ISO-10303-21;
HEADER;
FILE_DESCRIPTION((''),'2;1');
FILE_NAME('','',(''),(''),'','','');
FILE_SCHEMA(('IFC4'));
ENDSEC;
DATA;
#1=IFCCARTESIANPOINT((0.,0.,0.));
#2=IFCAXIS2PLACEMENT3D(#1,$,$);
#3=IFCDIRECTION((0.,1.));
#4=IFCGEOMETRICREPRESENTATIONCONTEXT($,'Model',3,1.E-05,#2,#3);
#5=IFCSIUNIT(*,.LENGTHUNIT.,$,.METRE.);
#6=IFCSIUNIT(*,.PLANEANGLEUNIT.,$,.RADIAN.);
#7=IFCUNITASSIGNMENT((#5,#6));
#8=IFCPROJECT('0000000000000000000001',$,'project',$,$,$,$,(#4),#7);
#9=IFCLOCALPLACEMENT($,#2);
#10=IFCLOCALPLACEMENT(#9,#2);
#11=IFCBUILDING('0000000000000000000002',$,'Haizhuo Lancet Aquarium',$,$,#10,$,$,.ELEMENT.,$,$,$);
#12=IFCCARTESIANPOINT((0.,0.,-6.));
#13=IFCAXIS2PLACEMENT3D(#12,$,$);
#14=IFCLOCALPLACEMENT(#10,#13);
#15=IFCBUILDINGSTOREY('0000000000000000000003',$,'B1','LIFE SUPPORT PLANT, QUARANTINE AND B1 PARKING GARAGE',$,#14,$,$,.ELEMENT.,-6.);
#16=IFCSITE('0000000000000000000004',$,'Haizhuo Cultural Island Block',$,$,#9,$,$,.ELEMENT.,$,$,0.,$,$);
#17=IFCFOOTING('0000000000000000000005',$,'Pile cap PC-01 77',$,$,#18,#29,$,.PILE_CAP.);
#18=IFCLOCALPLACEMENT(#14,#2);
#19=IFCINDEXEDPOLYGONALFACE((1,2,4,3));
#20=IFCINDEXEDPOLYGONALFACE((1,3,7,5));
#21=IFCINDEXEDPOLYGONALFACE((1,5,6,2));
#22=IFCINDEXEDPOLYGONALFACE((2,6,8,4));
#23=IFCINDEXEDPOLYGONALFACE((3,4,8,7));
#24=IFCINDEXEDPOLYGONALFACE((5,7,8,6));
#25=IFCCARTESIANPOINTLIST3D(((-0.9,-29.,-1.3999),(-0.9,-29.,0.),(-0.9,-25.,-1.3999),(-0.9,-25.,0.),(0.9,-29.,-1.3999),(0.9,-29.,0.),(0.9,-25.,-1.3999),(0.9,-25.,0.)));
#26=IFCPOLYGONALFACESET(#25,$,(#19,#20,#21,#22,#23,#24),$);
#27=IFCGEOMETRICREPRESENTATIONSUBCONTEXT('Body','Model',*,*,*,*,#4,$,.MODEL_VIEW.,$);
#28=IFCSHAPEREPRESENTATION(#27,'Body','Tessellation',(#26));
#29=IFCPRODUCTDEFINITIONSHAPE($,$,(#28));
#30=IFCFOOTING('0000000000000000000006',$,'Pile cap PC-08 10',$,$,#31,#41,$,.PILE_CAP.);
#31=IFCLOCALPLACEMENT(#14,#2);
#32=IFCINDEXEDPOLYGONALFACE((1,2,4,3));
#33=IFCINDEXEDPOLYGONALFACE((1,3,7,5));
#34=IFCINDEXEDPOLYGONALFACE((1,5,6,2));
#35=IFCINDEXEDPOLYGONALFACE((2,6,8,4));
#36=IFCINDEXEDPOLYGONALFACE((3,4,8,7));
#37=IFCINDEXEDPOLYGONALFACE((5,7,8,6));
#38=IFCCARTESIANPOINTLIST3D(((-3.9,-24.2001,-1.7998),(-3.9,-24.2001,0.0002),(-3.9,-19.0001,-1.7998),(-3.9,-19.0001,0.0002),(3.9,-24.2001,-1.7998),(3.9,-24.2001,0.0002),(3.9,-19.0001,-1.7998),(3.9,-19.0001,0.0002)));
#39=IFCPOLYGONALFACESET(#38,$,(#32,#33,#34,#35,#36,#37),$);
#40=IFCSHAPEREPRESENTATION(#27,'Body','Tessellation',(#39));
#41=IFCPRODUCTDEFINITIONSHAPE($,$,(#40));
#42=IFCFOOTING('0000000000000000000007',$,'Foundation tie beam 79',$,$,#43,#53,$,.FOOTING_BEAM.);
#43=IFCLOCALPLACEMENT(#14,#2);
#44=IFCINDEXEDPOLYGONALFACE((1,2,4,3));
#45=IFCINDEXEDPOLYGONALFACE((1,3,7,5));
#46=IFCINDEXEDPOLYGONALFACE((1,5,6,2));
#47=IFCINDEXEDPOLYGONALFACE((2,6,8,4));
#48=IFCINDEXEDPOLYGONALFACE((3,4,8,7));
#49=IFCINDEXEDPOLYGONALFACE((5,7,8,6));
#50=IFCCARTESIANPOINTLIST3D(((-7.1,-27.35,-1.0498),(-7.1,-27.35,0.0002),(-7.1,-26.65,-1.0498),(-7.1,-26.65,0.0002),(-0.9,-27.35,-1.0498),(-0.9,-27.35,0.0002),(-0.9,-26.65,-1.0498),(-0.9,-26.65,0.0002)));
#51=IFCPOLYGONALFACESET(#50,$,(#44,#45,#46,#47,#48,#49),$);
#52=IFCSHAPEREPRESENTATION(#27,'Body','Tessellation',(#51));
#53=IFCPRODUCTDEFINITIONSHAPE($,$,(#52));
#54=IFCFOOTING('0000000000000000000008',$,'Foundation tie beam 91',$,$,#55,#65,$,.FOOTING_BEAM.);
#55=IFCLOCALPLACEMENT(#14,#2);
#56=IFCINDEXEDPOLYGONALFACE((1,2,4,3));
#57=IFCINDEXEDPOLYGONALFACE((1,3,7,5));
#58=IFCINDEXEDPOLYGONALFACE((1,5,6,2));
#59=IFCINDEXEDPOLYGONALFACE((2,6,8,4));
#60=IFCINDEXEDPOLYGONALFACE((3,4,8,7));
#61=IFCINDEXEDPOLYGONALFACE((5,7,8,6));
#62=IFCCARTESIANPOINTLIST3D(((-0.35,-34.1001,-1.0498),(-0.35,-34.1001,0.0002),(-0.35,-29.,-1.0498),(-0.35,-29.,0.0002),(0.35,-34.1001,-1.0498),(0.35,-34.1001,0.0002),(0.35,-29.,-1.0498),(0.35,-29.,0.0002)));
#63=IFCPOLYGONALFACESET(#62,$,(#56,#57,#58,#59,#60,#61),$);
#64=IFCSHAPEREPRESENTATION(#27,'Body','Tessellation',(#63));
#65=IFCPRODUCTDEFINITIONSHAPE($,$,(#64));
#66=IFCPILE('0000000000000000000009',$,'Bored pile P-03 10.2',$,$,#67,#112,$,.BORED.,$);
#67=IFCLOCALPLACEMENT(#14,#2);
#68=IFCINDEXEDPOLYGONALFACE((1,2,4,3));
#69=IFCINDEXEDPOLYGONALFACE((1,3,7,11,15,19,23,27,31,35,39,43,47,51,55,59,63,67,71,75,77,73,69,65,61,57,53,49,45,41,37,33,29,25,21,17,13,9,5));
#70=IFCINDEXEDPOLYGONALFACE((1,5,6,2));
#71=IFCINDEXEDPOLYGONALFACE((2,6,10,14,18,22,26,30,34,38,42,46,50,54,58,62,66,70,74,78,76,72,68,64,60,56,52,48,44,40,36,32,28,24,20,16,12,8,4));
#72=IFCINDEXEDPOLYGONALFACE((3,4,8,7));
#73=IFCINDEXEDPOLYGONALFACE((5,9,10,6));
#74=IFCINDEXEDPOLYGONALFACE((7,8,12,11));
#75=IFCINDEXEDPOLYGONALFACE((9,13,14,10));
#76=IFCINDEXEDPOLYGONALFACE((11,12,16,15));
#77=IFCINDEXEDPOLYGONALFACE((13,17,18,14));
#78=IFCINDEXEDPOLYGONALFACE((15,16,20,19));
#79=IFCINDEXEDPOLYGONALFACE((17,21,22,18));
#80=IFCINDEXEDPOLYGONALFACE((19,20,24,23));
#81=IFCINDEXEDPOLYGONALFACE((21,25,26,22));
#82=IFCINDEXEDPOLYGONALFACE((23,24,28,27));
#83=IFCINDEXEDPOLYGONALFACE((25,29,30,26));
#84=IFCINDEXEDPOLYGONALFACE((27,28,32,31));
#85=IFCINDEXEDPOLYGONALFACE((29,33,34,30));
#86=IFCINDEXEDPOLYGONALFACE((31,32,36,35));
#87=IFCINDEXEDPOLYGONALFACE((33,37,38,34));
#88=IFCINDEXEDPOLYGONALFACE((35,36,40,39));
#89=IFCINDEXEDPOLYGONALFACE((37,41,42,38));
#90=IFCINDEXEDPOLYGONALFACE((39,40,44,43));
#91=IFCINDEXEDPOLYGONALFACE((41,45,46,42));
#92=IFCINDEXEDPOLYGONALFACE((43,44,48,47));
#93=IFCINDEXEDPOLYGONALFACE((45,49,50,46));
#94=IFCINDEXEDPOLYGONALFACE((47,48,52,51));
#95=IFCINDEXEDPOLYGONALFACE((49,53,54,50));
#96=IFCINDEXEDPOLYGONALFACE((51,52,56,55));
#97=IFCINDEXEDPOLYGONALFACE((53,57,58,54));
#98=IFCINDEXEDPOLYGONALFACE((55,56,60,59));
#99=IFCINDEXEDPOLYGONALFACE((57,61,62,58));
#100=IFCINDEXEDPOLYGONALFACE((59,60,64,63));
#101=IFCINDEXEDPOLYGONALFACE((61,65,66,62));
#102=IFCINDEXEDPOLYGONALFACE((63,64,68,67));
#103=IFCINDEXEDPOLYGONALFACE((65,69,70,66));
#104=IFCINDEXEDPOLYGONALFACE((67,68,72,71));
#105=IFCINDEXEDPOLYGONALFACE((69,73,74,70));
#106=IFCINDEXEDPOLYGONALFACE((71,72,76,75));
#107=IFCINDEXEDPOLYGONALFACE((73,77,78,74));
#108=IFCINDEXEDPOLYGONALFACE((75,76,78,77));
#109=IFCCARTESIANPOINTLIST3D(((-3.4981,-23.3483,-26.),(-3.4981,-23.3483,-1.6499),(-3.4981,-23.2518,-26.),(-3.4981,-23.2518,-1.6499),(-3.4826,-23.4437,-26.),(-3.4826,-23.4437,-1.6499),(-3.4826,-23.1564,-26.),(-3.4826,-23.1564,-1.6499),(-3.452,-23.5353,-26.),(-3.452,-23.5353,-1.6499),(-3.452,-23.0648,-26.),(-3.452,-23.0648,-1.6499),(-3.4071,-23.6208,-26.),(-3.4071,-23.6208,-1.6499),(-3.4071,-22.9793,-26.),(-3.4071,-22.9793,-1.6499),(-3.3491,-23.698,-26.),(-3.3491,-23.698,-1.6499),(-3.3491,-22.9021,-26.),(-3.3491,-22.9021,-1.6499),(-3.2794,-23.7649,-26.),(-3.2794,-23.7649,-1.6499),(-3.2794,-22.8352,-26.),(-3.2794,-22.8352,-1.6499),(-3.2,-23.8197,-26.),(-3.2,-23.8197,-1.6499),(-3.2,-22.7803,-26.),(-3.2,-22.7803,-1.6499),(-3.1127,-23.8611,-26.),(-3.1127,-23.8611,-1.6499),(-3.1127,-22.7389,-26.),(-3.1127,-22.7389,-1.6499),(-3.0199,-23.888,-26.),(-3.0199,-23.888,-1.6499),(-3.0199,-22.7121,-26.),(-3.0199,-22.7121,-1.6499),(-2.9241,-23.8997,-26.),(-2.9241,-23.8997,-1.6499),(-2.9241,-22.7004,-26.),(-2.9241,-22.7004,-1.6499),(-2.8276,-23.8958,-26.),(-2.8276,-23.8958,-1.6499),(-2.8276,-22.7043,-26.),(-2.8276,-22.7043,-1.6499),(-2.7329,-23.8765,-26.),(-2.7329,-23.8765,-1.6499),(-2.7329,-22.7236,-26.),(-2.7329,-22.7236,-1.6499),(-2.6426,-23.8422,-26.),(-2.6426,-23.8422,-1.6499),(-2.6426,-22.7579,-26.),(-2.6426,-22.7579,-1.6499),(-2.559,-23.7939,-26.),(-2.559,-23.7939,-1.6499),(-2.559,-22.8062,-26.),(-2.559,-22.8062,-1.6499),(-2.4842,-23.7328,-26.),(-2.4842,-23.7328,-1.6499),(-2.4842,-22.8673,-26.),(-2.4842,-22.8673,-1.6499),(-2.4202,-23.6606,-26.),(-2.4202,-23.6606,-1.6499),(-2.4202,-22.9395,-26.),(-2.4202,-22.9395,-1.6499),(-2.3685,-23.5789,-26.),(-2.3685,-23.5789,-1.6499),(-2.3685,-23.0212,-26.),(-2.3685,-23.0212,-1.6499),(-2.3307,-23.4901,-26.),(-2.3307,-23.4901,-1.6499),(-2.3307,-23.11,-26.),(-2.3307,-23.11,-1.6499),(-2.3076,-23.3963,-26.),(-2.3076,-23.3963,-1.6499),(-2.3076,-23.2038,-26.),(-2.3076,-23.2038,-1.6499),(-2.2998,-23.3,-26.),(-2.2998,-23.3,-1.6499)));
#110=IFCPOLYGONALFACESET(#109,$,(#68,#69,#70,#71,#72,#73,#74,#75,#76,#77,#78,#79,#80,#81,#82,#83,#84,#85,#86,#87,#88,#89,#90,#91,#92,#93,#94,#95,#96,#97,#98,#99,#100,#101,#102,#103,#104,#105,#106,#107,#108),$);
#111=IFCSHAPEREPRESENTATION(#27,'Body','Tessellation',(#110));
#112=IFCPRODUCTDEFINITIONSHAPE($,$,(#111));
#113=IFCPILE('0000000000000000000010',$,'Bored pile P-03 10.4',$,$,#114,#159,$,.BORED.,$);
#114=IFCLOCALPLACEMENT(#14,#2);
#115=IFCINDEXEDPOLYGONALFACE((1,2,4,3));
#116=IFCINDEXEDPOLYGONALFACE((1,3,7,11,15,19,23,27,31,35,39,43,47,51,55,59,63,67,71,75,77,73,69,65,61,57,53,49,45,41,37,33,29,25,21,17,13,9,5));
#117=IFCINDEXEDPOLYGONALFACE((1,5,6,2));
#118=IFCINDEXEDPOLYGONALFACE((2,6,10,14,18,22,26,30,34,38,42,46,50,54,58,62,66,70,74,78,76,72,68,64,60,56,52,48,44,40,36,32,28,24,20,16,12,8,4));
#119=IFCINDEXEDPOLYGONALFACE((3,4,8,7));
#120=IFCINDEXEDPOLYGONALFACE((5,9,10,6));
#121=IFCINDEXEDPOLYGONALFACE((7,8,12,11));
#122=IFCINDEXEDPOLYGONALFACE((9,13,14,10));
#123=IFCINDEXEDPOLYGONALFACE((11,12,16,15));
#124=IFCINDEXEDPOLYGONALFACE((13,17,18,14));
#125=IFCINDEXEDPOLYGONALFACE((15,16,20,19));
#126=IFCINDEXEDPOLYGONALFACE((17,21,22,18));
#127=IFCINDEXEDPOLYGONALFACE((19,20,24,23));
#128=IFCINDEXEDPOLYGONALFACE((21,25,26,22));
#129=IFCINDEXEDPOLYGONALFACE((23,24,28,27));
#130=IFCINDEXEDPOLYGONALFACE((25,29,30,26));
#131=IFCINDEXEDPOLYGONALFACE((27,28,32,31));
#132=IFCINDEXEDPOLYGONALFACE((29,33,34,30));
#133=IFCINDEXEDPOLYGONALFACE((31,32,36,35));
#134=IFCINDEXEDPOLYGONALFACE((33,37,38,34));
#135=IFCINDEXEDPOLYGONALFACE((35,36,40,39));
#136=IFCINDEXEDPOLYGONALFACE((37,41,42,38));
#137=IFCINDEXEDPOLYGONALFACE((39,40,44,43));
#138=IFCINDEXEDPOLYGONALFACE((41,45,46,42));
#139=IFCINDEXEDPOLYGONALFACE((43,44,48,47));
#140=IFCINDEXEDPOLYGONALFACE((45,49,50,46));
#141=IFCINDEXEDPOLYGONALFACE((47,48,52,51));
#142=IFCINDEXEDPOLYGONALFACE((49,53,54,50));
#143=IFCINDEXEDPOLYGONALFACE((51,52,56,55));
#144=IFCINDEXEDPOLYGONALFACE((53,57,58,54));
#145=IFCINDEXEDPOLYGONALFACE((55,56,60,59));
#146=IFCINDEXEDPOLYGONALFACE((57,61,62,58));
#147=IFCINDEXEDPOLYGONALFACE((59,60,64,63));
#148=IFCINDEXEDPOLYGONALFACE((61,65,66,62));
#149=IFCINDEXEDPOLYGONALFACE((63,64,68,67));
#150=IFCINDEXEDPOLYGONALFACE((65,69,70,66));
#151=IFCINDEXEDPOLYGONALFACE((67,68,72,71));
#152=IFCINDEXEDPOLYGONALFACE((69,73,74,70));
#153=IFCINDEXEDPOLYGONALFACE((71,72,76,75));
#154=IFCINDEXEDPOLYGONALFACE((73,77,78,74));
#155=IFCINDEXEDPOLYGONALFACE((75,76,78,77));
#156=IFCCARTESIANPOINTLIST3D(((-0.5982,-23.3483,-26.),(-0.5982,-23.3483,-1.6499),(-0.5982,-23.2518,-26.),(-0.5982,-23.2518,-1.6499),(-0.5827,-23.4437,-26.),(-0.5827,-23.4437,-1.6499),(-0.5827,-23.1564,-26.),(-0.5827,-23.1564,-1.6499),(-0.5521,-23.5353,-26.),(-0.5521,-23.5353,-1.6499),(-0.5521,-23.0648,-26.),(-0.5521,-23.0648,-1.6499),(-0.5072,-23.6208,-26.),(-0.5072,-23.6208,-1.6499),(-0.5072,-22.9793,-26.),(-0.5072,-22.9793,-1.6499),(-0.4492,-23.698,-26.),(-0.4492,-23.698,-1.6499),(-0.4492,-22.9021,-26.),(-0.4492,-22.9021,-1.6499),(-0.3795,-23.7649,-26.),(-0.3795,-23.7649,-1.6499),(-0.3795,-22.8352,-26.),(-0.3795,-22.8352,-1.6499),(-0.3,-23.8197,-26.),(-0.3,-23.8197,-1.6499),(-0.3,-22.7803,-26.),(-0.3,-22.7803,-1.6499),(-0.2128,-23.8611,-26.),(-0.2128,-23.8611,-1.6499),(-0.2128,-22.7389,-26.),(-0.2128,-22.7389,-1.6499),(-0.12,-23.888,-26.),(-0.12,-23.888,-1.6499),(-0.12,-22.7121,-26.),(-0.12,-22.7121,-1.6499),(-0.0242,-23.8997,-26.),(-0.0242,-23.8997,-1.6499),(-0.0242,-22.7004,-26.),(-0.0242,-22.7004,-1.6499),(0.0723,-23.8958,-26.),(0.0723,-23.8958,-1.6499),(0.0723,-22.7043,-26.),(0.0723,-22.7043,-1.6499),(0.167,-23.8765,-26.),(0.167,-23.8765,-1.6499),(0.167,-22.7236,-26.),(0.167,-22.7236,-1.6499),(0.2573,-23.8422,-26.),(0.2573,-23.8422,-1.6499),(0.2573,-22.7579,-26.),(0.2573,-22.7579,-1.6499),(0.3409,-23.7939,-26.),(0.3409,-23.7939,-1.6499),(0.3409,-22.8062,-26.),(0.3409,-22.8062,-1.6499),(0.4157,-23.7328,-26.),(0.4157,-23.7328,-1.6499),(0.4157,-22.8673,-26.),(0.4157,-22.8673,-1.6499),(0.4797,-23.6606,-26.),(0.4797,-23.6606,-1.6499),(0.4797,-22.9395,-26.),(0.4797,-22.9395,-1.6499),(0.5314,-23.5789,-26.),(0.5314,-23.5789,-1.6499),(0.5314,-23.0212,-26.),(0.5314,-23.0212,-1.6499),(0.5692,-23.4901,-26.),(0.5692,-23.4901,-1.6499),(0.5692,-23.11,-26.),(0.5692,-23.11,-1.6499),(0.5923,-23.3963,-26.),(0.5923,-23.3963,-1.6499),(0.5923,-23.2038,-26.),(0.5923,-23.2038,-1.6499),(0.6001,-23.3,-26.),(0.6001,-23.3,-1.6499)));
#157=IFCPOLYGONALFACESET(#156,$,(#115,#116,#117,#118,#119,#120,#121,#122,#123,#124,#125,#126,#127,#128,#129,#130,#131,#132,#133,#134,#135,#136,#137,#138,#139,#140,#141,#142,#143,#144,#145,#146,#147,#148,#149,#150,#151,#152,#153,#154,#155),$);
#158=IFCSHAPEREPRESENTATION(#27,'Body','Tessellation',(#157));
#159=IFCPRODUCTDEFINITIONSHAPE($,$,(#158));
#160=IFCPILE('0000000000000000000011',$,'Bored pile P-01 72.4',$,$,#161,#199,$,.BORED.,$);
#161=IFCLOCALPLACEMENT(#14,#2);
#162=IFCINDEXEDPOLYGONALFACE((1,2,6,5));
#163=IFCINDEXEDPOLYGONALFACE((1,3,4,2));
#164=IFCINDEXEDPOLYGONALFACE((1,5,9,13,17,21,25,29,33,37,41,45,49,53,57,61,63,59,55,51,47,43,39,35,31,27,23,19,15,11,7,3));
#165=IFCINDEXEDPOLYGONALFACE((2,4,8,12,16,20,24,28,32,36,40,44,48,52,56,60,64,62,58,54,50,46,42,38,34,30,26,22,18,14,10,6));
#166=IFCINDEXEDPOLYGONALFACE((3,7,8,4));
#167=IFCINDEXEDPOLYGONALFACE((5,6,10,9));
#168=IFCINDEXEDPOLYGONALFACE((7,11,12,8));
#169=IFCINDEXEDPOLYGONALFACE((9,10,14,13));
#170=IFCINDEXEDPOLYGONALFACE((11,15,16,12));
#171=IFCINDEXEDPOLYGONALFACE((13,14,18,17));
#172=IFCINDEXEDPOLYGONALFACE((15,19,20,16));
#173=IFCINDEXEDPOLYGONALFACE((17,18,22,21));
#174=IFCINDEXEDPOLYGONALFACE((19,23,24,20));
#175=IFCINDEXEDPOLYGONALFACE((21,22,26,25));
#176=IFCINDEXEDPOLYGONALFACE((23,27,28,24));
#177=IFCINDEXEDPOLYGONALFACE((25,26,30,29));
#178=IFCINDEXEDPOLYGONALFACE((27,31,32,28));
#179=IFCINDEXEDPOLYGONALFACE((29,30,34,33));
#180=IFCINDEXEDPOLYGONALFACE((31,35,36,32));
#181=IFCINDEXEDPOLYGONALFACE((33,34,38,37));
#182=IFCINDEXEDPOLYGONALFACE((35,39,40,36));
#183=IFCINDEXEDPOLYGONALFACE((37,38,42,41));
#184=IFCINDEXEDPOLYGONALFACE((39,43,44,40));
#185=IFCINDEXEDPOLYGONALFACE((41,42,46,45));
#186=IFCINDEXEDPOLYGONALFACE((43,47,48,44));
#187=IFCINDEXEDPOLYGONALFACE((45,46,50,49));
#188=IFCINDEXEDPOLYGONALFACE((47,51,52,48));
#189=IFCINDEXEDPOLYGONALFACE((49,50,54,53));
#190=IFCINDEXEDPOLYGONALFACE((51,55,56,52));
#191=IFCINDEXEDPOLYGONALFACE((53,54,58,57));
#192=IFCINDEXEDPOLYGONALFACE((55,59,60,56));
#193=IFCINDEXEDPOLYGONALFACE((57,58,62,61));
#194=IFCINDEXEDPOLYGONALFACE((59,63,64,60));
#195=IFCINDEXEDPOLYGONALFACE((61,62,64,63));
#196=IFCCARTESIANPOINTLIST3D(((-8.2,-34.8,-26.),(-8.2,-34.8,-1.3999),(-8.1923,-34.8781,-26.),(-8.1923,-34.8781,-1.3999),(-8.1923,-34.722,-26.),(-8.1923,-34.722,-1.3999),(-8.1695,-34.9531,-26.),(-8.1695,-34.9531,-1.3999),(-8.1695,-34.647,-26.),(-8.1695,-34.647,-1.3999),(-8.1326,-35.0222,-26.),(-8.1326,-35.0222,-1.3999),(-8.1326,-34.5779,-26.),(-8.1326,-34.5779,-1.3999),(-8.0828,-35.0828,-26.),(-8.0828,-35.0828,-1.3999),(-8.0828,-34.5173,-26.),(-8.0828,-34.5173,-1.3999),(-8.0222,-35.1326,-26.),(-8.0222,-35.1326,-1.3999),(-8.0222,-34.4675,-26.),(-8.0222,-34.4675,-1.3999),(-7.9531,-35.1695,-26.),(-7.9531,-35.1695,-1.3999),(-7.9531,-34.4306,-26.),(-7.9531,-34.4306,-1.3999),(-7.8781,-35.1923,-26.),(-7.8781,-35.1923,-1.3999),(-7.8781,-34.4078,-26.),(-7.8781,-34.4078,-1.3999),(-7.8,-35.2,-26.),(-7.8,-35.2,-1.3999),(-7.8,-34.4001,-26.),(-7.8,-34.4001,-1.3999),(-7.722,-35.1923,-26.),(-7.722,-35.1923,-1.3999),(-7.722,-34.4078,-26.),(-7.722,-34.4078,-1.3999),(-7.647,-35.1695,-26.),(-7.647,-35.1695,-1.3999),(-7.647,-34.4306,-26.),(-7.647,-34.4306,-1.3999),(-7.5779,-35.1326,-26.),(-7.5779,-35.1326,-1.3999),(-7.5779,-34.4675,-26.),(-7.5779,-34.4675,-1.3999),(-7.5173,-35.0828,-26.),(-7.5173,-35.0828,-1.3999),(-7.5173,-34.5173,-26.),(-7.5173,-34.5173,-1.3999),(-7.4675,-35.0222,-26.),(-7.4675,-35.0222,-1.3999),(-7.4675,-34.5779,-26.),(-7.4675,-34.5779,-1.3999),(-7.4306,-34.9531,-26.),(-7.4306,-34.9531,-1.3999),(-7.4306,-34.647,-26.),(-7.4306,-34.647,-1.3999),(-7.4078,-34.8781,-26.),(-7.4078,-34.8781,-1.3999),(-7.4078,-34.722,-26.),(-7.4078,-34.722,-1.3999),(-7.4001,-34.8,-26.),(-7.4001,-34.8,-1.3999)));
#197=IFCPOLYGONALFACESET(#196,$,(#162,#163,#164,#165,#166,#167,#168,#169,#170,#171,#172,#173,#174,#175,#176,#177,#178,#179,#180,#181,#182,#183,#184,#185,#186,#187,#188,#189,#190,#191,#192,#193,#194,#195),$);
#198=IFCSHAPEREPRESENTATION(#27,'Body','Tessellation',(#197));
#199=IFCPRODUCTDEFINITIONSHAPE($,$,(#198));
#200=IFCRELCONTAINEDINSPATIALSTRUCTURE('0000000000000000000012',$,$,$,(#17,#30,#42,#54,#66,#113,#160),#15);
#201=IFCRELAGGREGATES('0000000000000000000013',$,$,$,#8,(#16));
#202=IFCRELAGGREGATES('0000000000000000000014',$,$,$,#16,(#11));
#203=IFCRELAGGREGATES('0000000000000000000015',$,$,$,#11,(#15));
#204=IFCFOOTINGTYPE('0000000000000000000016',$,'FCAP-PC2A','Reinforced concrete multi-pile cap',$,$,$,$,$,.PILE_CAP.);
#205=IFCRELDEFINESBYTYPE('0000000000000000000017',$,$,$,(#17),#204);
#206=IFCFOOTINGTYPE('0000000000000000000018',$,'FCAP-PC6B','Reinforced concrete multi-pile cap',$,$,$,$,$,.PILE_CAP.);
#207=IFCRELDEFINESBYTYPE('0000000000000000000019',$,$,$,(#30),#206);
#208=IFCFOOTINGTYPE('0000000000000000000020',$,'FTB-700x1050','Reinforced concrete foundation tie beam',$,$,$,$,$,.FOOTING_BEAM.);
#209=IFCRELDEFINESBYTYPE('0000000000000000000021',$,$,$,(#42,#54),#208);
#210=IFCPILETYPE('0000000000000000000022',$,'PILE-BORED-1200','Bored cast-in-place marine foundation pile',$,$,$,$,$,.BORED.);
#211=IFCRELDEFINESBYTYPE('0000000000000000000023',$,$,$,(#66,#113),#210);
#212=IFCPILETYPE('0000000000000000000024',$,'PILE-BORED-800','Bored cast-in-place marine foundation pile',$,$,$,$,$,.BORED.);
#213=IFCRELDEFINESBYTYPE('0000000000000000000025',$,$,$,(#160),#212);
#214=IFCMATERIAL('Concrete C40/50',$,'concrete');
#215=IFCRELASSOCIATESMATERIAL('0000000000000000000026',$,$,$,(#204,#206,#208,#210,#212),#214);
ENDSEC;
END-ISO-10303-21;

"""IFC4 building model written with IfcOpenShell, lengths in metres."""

from ifc_helpers import new_model, si_unit, direction, frame, origin, origin_2d, place, context, subcontext, project, spatial, rectangle, circle, extrude, material, material_profile, profile_set, type_object, element, save


model = new_model("IFC4")

# Units and contexts
model_context = context("Model", 3, precision=1e-05, world=origin(), true_north=direction((0.0, 1.0)))
body_context = subcontext(model_context, "Body", "Model", "MODEL_VIEW")
ifc_project = project(units=[si_unit("LENGTHUNIT", "METRE"), si_unit("PLANEANGLEUNIT", "RADIAN")], contexts=[model_context])

# Site, building, storey
site_placement = place(None, origin())
site = spatial("IfcSite", under=ifc_project, at=site_placement, Name="Haizhuo Cultural Island Block", CompositionType="ELEMENT", RefElevation=0.0)
building_placement = place(site_placement, origin())
building = spatial("IfcBuilding", under=site, at=building_placement, Name="Haizhuo Lancet Aquarium", CompositionType="ELEMENT")
storey_placement = place(building_placement, frame((0.0, 0.0, -6.0)))
storey = spatial("IfcBuildingStorey", under=building, at=storey_placement, Name="B1", Description="LIFE SUPPORT PLANT, QUARANTINE AND B1 PARKING GARAGE", CompositionType="ELEMENT", Elevation=-6.0)

# Footings
ifc_material_1 = material(Name="Concrete C40/50", Category="concrete")
footing_type_1 = type_object("IfcFootingType", Name="FCAP-PC2A", Description="Reinforced concrete multi-pile cap", PredefinedType="PILE_CAP", material=ifc_material_1)
footing_1_placement = place(storey_placement, frame((0.0, -27.0, -1.3999), z_axis=(0.0, 0.0, 1.0), x_axis=(1.0, 0.0, 0.0)))
element("IfcFooting", 1, at=footing_1_placement, inside=storey, type_object=footing_type_1, Name="Pile cap PC-01 77", PredefinedType="PILE_CAP", context=body_context, shape_type="SweptSolid", body=[
    extrude(rectangle(XDim=1.8, YDim=4.0, at=origin_2d()), origin(), (0.0, 0.0, 1.0), 1.3999),
])
footing_type_2 = type_object("IfcFootingType", Name="FCAP-PC6B", Description="Reinforced concrete multi-pile cap", PredefinedType="PILE_CAP", material=ifc_material_1)
footing_2_placement = place(storey_placement, frame((0.0, -21.6001, -1.7998), z_axis=(0.0, 0.0, 1.0), x_axis=(0.0, -1.0, 0.0)))
element("IfcFooting", 2, at=footing_2_placement, inside=storey, type_object=footing_type_2, Name="Pile cap PC-08 10", PredefinedType="PILE_CAP", context=body_context, shape_type="SweptSolid", body=[
    extrude(rectangle(XDim=5.2, YDim=7.8, at=origin_2d()), origin(), (0.0, 0.0, 1.0), 1.8),
])
footing_type_3 = type_object("IfcFootingType", Name="FTB-700x1050", Description="Reinforced concrete foundation tie beam", PredefinedType="FOOTING_BEAM", material=ifc_material_1)
footing_3_placement = place(storey_placement, frame((-4.0, -27.0, -1.0498), z_axis=(0.0, 0.0, 1.0), x_axis=(1.0, 0.0, 0.0)))
element("IfcFooting", 3, at=footing_3_placement, inside=storey, type_object=footing_type_3, Name="Foundation tie beam 79", PredefinedType="FOOTING_BEAM", context=body_context, shape_type="SweptSolid", body=[
    extrude(rectangle(XDim=6.2, YDim=0.7, at=origin_2d()), origin(), (0.0, 0.0, 1.0), 1.05),
])
footing_4_placement = place(storey_placement, frame((0.0, -31.55, -1.0498), z_axis=(0.0, 0.0, 1.0), x_axis=(0.0, 1.0, 0.0)))
element("IfcFooting", 4, at=footing_4_placement, inside=storey, type_object=footing_type_3, Name="Foundation tie beam 91", PredefinedType="FOOTING_BEAM", context=body_context, shape_type="SweptSolid", body=[
    extrude(rectangle(XDim=5.1001, YDim=0.7, at=origin_2d()), origin(), (0.0, 0.0, 1.0), 1.05),
])

# Piles
ifc_material_profile_1 = material_profile(ifc_material_1, circle(Radius=0.6001, at=origin_2d()), Name="PILE-1200")
ifc_profile_set_1 = profile_set([ifc_material_profile_1], Name="Concrete C40/50")
pile_type_1 = type_object("IfcPileType", Name="PILE-BORED-1200", Description="Bored cast-in-place marine foundation pile", PredefinedType="BORED", material=ifc_profile_set_1)
for number, where, z_axis, x_axis, name in (
    (5, (-2.8999, -23.3, -1.6499), (0.0, 0.0, -1.0), (1.0, 0.0, 0.0), "Bored pile P-03 10.2"),
    (6, (0.0, -23.3, -1.6499), (0.0, 0.0, -1.0), (1.0, 0.0, 0.0), "Bored pile P-03 10.4"),
):
    element("IfcPile", number, at=place(storey_placement, frame(where, z_axis=z_axis, x_axis=x_axis)), inside=storey, type_object=pile_type_1, Name=name, PredefinedType="BORED", context=body_context, shape_type="SweptSolid", body=[
        extrude(circle(Radius=0.6001, at=origin_2d()), origin(), (0.0, 0.0, 1.0), 24.3501),
    ])
ifc_material_profile_2 = material_profile(ifc_material_1, circle(Radius=0.3999, at=origin_2d()), Name="PILE-800")
ifc_profile_set_2 = profile_set([ifc_material_profile_2], Name="Concrete C40/50")
pile_type_2 = type_object("IfcPileType", Name="PILE-BORED-800", Description="Bored cast-in-place marine foundation pile", PredefinedType="BORED", material=ifc_profile_set_2)
pile_1_placement = place(storey_placement, frame((-7.8, -34.8, -1.3999), z_axis=(0.0, 0.0, -1.0), x_axis=(1.0, 0.0, 0.0)))
element("IfcPile", 7, at=pile_1_placement, inside=storey, type_object=pile_type_2, Name="Bored pile P-01 72.4", PredefinedType="BORED", context=body_context, shape_type="SweptSolid", body=[
    extrude(circle(Radius=0.3999, at=origin_2d()), origin(), (0.0, 0.0, 1.0), 24.6001),
])

save(model, "model.ifc")
